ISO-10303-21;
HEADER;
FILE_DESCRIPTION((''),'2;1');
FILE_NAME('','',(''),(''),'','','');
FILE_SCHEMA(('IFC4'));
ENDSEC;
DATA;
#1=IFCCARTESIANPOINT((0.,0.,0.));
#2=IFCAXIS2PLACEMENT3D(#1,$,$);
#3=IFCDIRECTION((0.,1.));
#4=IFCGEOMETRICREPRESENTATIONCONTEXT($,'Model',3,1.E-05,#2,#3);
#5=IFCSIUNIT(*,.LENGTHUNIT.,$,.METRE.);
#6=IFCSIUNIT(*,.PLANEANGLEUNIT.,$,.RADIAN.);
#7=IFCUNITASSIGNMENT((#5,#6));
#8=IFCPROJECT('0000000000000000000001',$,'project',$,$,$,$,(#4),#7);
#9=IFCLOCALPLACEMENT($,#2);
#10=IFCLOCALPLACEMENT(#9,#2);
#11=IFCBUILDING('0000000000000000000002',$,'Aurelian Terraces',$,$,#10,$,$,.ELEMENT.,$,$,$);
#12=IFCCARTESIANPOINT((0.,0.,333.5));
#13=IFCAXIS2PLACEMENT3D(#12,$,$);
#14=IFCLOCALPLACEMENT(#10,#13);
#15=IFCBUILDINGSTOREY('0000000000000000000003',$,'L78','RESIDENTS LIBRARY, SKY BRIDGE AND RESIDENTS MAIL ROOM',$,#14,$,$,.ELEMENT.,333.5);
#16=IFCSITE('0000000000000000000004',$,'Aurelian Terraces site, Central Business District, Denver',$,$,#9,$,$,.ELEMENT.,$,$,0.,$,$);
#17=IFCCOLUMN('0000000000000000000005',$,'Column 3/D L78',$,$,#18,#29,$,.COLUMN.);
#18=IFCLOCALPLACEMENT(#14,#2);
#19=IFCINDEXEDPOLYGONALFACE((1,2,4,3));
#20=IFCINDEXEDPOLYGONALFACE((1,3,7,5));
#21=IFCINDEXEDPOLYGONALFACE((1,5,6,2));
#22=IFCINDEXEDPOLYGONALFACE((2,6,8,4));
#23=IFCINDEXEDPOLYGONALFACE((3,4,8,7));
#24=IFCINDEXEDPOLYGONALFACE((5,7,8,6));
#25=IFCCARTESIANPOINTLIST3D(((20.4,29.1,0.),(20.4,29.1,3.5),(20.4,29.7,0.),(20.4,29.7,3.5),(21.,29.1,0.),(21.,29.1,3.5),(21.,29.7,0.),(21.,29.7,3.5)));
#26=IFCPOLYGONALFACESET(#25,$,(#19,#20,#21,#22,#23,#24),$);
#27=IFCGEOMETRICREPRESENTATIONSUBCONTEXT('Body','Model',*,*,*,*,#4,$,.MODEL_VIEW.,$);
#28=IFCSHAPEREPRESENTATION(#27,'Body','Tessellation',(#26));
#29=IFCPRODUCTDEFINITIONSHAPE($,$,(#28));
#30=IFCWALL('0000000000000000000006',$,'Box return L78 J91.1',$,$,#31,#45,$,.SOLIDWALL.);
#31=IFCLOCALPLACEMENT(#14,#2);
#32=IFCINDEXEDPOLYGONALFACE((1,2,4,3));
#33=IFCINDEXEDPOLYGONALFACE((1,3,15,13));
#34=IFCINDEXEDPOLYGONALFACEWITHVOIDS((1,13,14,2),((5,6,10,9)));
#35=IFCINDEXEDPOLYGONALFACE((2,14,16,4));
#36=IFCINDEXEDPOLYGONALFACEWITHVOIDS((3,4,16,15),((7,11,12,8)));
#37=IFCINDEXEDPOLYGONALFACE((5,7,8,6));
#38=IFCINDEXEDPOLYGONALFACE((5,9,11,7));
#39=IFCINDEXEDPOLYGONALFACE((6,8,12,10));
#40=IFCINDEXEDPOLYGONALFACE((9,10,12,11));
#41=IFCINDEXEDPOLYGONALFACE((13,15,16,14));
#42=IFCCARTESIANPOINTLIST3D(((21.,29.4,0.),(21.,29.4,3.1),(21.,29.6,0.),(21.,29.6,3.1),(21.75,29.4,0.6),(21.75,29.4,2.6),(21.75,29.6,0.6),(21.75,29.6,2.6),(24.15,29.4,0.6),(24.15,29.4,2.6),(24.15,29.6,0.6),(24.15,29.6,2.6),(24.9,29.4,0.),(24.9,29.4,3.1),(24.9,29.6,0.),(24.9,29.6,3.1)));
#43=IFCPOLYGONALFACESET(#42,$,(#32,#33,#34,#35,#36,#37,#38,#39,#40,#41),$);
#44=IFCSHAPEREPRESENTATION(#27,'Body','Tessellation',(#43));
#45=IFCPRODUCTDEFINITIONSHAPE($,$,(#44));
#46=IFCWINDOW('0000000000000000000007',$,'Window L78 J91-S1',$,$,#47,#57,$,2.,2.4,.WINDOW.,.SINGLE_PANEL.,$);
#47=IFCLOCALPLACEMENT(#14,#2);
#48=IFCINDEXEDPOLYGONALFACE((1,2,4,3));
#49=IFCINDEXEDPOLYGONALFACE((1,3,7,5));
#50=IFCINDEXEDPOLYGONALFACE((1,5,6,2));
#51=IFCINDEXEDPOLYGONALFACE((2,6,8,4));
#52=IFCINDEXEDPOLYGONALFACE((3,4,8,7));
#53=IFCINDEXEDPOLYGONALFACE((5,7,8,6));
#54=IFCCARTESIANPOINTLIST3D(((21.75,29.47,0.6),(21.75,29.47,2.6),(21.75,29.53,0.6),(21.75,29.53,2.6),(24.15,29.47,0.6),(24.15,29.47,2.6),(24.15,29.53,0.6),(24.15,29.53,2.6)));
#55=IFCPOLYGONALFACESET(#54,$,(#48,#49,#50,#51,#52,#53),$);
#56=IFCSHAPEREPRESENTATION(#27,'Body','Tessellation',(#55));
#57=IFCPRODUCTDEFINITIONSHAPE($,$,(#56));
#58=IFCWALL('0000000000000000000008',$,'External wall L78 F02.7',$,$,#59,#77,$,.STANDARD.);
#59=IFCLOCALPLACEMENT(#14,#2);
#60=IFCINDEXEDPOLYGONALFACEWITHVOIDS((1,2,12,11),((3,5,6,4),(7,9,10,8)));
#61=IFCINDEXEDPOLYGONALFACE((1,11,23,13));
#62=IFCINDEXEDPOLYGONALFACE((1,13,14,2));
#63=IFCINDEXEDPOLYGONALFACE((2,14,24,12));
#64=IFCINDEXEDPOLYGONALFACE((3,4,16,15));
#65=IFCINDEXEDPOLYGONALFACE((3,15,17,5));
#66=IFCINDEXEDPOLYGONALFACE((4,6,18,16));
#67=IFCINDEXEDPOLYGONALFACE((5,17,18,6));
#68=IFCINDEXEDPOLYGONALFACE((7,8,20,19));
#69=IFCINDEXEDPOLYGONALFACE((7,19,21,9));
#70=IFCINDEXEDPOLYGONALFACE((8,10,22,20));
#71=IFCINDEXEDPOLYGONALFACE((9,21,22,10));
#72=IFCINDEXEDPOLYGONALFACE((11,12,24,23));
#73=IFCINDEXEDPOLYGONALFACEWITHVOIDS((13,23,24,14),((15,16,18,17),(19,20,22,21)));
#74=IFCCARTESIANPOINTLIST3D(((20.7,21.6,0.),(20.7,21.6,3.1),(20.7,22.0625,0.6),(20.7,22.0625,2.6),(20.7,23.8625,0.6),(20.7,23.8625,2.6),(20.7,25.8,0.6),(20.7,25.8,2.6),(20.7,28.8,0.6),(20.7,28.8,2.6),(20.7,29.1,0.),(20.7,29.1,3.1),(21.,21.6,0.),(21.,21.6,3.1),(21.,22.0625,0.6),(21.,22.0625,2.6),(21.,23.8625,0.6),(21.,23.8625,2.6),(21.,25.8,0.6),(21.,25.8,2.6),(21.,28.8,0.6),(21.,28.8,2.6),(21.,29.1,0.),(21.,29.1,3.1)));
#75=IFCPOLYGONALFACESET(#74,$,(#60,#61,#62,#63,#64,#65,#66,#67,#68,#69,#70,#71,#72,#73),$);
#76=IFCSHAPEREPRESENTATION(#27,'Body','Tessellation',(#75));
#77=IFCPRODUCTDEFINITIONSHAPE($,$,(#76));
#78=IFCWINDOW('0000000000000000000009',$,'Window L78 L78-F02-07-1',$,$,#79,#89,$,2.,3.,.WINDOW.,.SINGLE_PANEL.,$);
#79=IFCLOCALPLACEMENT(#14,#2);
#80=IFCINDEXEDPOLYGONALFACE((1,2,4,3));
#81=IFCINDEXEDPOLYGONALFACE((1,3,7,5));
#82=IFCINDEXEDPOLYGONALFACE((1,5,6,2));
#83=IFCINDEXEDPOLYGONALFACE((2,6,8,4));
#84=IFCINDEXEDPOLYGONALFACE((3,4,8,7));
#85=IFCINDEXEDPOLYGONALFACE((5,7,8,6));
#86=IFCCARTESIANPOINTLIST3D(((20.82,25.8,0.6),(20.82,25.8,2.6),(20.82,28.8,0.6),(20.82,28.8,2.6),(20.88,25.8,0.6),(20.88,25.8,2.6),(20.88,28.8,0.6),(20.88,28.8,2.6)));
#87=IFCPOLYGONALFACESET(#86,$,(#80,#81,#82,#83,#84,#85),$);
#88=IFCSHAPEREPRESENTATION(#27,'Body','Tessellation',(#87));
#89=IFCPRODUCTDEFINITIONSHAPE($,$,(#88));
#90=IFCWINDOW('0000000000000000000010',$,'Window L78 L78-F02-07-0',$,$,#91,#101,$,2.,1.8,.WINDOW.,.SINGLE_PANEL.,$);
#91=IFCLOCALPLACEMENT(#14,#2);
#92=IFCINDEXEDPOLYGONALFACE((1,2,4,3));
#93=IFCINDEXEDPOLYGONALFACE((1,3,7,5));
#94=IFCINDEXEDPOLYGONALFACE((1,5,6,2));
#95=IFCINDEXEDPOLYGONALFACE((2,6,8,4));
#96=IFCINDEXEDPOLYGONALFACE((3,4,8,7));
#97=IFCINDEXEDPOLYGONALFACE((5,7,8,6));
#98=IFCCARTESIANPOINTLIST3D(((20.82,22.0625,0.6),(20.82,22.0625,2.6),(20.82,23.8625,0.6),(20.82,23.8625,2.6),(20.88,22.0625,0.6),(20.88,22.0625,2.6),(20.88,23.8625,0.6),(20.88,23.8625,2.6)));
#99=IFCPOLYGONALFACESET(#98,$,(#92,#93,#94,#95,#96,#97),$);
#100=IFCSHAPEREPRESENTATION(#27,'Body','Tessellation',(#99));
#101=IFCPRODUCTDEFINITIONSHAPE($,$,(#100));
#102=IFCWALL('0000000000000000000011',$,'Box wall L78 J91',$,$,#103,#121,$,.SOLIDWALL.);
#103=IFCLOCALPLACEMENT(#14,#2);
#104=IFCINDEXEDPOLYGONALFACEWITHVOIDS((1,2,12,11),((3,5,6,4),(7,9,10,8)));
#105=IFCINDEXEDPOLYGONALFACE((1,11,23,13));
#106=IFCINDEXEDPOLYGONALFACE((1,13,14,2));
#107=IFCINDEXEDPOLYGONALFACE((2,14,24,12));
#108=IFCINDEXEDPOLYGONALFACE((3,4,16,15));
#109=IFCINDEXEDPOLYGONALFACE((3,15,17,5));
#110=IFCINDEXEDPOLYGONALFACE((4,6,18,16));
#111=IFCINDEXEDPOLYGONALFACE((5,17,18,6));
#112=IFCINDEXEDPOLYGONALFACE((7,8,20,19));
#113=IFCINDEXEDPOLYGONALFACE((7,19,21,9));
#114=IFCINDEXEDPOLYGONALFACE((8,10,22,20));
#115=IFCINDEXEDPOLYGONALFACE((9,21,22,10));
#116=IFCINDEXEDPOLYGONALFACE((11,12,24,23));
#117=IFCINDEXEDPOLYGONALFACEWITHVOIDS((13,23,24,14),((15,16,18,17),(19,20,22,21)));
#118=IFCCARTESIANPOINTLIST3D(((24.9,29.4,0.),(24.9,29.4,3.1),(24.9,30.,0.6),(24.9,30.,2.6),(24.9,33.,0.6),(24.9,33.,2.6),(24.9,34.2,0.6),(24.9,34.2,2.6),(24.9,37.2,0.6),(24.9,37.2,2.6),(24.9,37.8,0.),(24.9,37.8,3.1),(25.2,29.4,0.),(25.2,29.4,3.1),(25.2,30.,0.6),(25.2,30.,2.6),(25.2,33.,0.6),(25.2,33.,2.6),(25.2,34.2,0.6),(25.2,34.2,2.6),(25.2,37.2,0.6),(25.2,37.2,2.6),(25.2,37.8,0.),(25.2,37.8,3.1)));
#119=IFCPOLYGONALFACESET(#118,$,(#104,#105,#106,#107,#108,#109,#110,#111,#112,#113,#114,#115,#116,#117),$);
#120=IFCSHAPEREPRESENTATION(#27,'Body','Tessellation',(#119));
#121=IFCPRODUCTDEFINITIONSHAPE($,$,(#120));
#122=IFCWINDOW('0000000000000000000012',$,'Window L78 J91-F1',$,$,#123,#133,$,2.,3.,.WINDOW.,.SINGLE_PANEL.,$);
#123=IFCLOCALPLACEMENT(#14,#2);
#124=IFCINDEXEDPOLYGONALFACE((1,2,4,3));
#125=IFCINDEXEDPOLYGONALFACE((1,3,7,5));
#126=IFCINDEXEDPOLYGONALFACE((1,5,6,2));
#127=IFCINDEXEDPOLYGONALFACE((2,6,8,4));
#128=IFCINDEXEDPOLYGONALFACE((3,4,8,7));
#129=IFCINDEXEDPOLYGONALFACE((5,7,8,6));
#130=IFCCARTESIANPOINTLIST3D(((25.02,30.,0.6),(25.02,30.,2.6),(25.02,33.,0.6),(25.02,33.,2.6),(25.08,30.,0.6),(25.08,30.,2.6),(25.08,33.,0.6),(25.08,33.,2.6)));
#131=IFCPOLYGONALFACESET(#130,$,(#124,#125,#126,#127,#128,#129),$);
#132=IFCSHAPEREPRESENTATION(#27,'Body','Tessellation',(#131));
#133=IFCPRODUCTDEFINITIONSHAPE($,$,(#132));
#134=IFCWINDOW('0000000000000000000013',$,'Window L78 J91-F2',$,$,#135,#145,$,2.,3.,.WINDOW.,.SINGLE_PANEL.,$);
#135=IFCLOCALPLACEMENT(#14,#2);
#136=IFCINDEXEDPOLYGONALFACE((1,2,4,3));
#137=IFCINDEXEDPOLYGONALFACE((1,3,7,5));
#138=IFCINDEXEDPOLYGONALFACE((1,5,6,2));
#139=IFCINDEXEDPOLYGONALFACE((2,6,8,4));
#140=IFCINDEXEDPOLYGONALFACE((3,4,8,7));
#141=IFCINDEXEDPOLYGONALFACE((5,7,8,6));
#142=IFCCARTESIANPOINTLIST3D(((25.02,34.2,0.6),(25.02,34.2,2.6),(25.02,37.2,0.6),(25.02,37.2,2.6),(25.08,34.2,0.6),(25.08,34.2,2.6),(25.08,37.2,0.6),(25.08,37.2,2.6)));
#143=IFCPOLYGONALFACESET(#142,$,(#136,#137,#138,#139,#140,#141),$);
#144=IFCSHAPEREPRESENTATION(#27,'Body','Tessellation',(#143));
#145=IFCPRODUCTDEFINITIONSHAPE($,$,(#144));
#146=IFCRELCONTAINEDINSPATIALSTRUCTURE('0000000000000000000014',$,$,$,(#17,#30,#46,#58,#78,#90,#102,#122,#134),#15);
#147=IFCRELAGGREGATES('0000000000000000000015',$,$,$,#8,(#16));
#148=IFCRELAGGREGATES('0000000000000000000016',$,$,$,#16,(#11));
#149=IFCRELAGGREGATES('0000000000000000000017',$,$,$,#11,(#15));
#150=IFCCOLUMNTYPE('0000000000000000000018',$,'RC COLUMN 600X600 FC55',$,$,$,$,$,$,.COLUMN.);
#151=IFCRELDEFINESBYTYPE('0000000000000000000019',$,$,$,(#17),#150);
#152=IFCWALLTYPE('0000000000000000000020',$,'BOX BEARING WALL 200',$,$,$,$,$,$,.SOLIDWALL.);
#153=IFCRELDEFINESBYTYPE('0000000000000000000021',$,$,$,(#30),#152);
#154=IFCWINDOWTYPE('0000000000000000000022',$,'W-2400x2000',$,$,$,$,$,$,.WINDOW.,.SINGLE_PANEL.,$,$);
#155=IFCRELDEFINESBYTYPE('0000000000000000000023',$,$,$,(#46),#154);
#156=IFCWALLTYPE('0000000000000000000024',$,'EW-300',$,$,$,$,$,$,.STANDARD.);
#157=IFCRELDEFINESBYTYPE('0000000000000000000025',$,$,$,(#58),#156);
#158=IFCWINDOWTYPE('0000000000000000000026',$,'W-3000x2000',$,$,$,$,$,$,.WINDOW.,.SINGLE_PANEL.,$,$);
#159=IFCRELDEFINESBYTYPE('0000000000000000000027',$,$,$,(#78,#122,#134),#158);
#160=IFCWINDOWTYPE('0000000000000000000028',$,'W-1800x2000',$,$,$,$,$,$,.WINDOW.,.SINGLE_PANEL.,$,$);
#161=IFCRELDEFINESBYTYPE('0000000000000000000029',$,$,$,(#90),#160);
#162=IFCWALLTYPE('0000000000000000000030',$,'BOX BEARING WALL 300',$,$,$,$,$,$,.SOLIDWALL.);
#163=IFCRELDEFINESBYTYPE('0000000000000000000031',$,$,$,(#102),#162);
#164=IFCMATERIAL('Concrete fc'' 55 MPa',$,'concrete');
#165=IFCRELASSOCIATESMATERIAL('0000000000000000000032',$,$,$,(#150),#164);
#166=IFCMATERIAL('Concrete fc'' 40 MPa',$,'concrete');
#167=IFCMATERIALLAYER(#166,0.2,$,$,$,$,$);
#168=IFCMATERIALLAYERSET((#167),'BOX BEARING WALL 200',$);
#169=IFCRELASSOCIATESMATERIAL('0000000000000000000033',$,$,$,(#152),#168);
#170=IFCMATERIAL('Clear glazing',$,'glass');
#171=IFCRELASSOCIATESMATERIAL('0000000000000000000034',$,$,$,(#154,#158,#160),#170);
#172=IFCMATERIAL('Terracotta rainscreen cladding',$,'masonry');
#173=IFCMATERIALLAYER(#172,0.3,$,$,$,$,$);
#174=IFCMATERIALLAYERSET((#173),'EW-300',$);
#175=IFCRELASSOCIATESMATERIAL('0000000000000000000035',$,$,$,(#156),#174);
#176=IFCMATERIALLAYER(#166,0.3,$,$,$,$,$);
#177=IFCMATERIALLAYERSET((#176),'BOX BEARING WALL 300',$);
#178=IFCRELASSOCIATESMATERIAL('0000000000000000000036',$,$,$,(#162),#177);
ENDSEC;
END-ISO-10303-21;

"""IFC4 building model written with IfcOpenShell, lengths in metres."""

from ifc_helpers import new_model, si_unit, direction, frame, frame_2d, origin, origin_2d, place, context, subcontext, project, spatial, rectangle, extrude, source, transform, mapped, material, layer, layer_set, material_profile, profile_set, type_object, element, fill, save


model = new_model("IFC4")

# Units and contexts
model_context = context("Model", 3, precision=1e-05, world=origin(), true_north=direction((0.0, 1.0)))
body_context = subcontext(model_context, "Body", "Model", "MODEL_VIEW")
ifc_project = project(units=[si_unit("LENGTHUNIT", "METRE"), si_unit("PLANEANGLEUNIT", "RADIAN")], contexts=[model_context])

# Site, building, storey
site_placement = place(None, origin())
site = spatial("IfcSite", under=ifc_project, at=site_placement, Name="Aurelian Terraces site, Central Business District, Denver", CompositionType="ELEMENT", RefElevation=0.0)
building_placement = place(site_placement, origin())
building = spatial("IfcBuilding", under=site, at=building_placement, Name="Aurelian Terraces", CompositionType="ELEMENT")
storey_placement = place(building_placement, frame((0.0, 0.0, 333.5)))
storey = spatial("IfcBuildingStorey", under=building, at=storey_placement, Name="L78", Description="RESIDENTS LIBRARY, SKY BRIDGE AND RESIDENTS MAIL ROOM", CompositionType="ELEMENT", Elevation=333.5)

# Column
ifc_material_1 = material(Name="Concrete fc' 55 MPa", Category="concrete")
ifc_material_profile = material_profile(ifc_material_1, rectangle(XDim=0.6, YDim=0.6, at=origin_2d()))
ifc_profile_set = profile_set([ifc_material_profile], Name="Concrete fc' 55 MPa")
column_type = type_object("IfcColumnType", Name="RC COLUMN 600X600 FC55", PredefinedType="COLUMN", material=ifc_profile_set)
shared_shape_1 = source(origin(), body_context, "Body", "SweptSolid", [
    extrude(rectangle(XDim=0.6, YDim=0.6, at=origin_2d()), origin(), (0.0, 0.0, 1.0), 3.5),
])
column_placement = place(storey_placement, frame((20.7, 29.4, 0.0), z_axis=(0.0, 0.0, 1.0), x_axis=(1.0, 0.0, 0.0)))
element("IfcColumn", 1, at=column_placement, inside=storey, type_object=column_type, Name="Column 3/D L78", PredefinedType="COLUMN", context=body_context, shape_type="MappedRepresentation", body=[
    mapped(shared_shape_1, transform((0.0, 0.0, 0.0), scale=1.0)),
])

# Wall, opening, window
ifc_material_2 = material(Name="Concrete fc' 40 MPa", Category="concrete")
ifc_layer_1 = layer(ifc_material_2, 0.2)
ifc_layer_set_1 = layer_set([ifc_layer_1], Name="BOX BEARING WALL 200")
wall_type_1 = type_object("IfcWallType", Name="BOX BEARING WALL 200", PredefinedType="SOLIDWALL", material=ifc_layer_set_1)
shared_shape_2 = source(origin(), body_context, "Body", "SweptSolid", [
    extrude(rectangle(XDim=3.9, YDim=0.2, at=frame_2d((1.95, 0.0))), origin(), (0.0, 0.0, 1.0), 3.1),
])
wall_1_placement = place(storey_placement, frame((21.0, 29.5, 0.0), z_axis=(0.0, 0.0, 1.0), x_axis=(1.0, 0.0, 0.0)))
wall_1 = element("IfcWall", 2, at=wall_1_placement, inside=storey, type_object=wall_type_1, Name="Box return L78 J91.1", PredefinedType="SOLIDWALL", context=body_context, shape_type="MappedRepresentation", body=[
    mapped(shared_shape_2, transform((0.0, 0.0, 0.0), scale=1.0)),
])
shared_shape_3 = source(origin(), body_context, "Body", "SweptSolid", [
    extrude(rectangle(XDim=2.4, YDim=2.0, at=frame_2d((1.2, 1.0))), frame((0.0, 0.11, 0.0), z_axis=(0.0, -1.0, 0.0), x_axis=(1.0, 0.0, 0.0)), (0.0, 0.0, 1.0), 0.22),
])
opening_1_placement = place(wall_1_placement, frame((0.75, 0.0, 0.6)))
opening_1 = element("IfcOpeningElement", 3, at=opening_1_placement, cuts=wall_1, PredefinedType="OPENING", context=body_context, shape_type="MappedRepresentation", body=[
    mapped(shared_shape_3, transform((0.0, 0.0, 0.0), scale=1.0)),
])
ifc_material_3 = material(Name="Clear glazing", Category="glass")
window_type_1 = type_object("IfcWindowType", Name="W-2400x2000", PartitioningType="SINGLE_PANEL", PredefinedType="WINDOW", material=ifc_material_3)
shared_shape_4 = source(origin(), body_context, "Body", "SweptSolid", [
    extrude(rectangle(XDim=2.4, YDim=2.0, at=frame_2d((1.2, 1.0))), frame((0.0, 0.03, 0.0), z_axis=(0.0, -1.0, 0.0), x_axis=(1.0, 0.0, 0.0)), (0.0, 0.0, 1.0), 0.06),
])
window_1_placement = place(opening_1_placement, origin())
window_1 = element("IfcWindow", 4, at=window_1_placement, inside=storey, type_object=window_type_1, Name="Window L78 J91-S1", OverallHeight=2.0, OverallWidth=2.4, PartitioningType="SINGLE_PANEL", PredefinedType="WINDOW", context=body_context, shape_type="MappedRepresentation", body=[
    mapped(shared_shape_4, transform((0.0, 0.0, 0.0), scale=1.0)),
])
fill(opening_1, window_1)

# Walls, openings, windows
ifc_material_4 = material(Name="Terracotta rainscreen cladding", Category="masonry")
ifc_layer_2 = layer(ifc_material_4, 0.3)
ifc_layer_set_2 = layer_set([ifc_layer_2], Name="EW-300")
wall_type_2 = type_object("IfcWallType", Name="EW-300", PredefinedType="STANDARD", material=ifc_layer_set_2)
shared_shape_5 = source(origin(), body_context, "Body", "SweptSolid", [
    extrude(rectangle(XDim=7.5, YDim=0.3, at=frame_2d((3.75, 0.0))), origin(), (0.0, 0.0, 1.0), 3.1),
])
wall_2_placement = place(storey_placement, frame((20.85, 21.6, 0.0), z_axis=(0.0, 0.0, 1.0), x_axis=(0.0, 1.0, 0.0)))
wall_2 = element("IfcWall", 5, at=wall_2_placement, inside=storey, type_object=wall_type_2, Name="External wall L78 F02.7", PredefinedType="STANDARD", context=body_context, shape_type="MappedRepresentation", body=[
    mapped(shared_shape_5, transform((0.0, 0.0, 0.0), scale=1.0)),
])
shared_shape_6 = source(origin(), body_context, "Body", "SweptSolid", [
    extrude(rectangle(XDim=1.8, YDim=2.0, at=frame_2d((0.9, 1.0))), frame((0.0, 0.16, 0.0), z_axis=(0.0, -1.0, 0.0), x_axis=(1.0, 0.0, 0.0)), (0.0, 0.0, 1.0), 0.32),
])
opening_2_placement = place(wall_2_placement, frame((0.4625, 0.0, 0.6)))
opening_2 = element("IfcOpeningElement", 6, at=opening_2_placement, cuts=wall_2, PredefinedType="OPENING", context=body_context, shape_type="MappedRepresentation", body=[
    mapped(shared_shape_6, transform((0.0, 0.0, 0.0), scale=1.0)),
])
shared_shape_7 = source(origin(), body_context, "Body", "SweptSolid", [
    extrude(rectangle(XDim=3.0, YDim=2.0, at=frame_2d((1.5, 1.0))), frame((0.0, 0.16, 0.0), z_axis=(0.0, -1.0, 0.0), x_axis=(1.0, 0.0, 0.0)), (0.0, 0.0, 1.0), 0.32),
])
opening_3_placement = place(wall_2_placement, frame((4.2, 0.0, 0.6)))
opening_3 = element("IfcOpeningElement", 7, at=opening_3_placement, cuts=wall_2, PredefinedType="OPENING", context=body_context, shape_type="MappedRepresentation", body=[
    mapped(shared_shape_7, transform((0.0, 0.0, 0.0), scale=1.0)),
])
window_type_2 = type_object("IfcWindowType", Name="W-3000x2000", PartitioningType="SINGLE_PANEL", PredefinedType="WINDOW", material=ifc_material_3)
shared_shape_8 = source(origin(), body_context, "Body", "SweptSolid", [
    extrude(rectangle(XDim=3.0, YDim=2.0, at=frame_2d((1.5, 1.0))), frame((0.0, 0.03, 0.0), z_axis=(0.0, -1.0, 0.0), x_axis=(1.0, 0.0, 0.0)), (0.0, 0.0, 1.0), 0.06),
])
window_2_placement = place(opening_3_placement, origin())
window_2 = element("IfcWindow", 8, at=window_2_placement, inside=storey, type_object=window_type_2, Name="Window L78 L78-F02-07-1", OverallHeight=2.0, OverallWidth=3.0, PartitioningType="SINGLE_PANEL", PredefinedType="WINDOW", context=body_context, shape_type="MappedRepresentation", body=[
    mapped(shared_shape_8, transform((0.0, 0.0, 0.0), scale=1.0)),
])
fill(opening_3, window_2)
window_type_3 = type_object("IfcWindowType", Name="W-1800x2000", PartitioningType="SINGLE_PANEL", PredefinedType="WINDOW", material=ifc_material_3)
shared_shape_9 = source(origin(), body_context, "Body", "SweptSolid", [
    extrude(rectangle(XDim=1.8, YDim=2.0, at=frame_2d((0.9, 1.0))), frame((0.0, 0.03, 0.0), z_axis=(0.0, -1.0, 0.0), x_axis=(1.0, 0.0, 0.0)), (0.0, 0.0, 1.0), 0.06),
])
window_3_placement = place(opening_2_placement, origin())
window_3 = element("IfcWindow", 9, at=window_3_placement, inside=storey, type_object=window_type_3, Name="Window L78 L78-F02-07-0", OverallHeight=2.0, OverallWidth=1.8, PartitioningType="SINGLE_PANEL", PredefinedType="WINDOW", context=body_context, shape_type="MappedRepresentation", body=[
    mapped(shared_shape_9, transform((0.0, 0.0, 0.0), scale=1.0)),
])
fill(opening_2, window_3)
ifc_layer_3 = layer(ifc_material_2, 0.3)
ifc_layer_set_3 = layer_set([ifc_layer_3], Name="BOX BEARING WALL 300")
wall_type_3 = type_object("IfcWallType", Name="BOX BEARING WALL 300", PredefinedType="SOLIDWALL", material=ifc_layer_set_3)
shared_shape_10 = source(origin(), body_context, "Body", "SweptSolid", [
    extrude(rectangle(XDim=8.4, YDim=0.3, at=frame_2d((4.2, 0.0))), origin(), (0.0, 0.0, 1.0), 3.1),
])
wall_3_placement = place(storey_placement, frame((25.05, 29.4, 0.0), z_axis=(0.0, 0.0, 1.0), x_axis=(0.0, 1.0, 0.0)))
wall_3 = element("IfcWall", 10, at=wall_3_placement, inside=storey, type_object=wall_type_3, Name="Box wall L78 J91", PredefinedType="SOLIDWALL", context=body_context, shape_type="MappedRepresentation", body=[
    mapped(shared_shape_10, transform((0.0, 0.0, 0.0), scale=1.0)),
])
opening_4_placement = place(wall_3_placement, frame((0.6, 0.0, 0.6)))
opening_4 = element("IfcOpeningElement", 11, at=opening_4_placement, cuts=wall_3, PredefinedType="OPENING", context=body_context, shape_type="MappedRepresentation", body=[
    mapped(shared_shape_7, transform((0.0, 0.0, 0.0), scale=1.0)),
])
opening_5_placement = place(wall_3_placement, frame((4.8, 0.0, 0.6)))
opening_5 = element("IfcOpeningElement", 12, at=opening_5_placement, cuts=wall_3, PredefinedType="OPENING", context=body_context, shape_type="MappedRepresentation", body=[
    mapped(shared_shape_7, transform((0.0, 0.0, 0.0), scale=1.0)),
])
window_4_placement = place(opening_4_placement, origin())
window_4 = element("IfcWindow", 13, at=window_4_placement, inside=storey, type_object=window_type_2, Name="Window L78 J91-F1", OverallHeight=2.0, OverallWidth=3.0, PartitioningType="SINGLE_PANEL", PredefinedType="WINDOW", context=body_context, shape_type="MappedRepresentation", body=[
    mapped(shared_shape_8, transform((0.0, 0.0, 0.0), scale=1.0)),
])
fill(opening_4, window_4)
window_5_placement = place(opening_5_placement, origin())
window_5 = element("IfcWindow", 14, at=window_5_placement, inside=storey, type_object=window_type_2, Name="Window L78 J91-F2", OverallHeight=2.0, OverallWidth=3.0, PartitioningType="SINGLE_PANEL", PredefinedType="WINDOW", context=body_context, shape_type="MappedRepresentation", body=[
    mapped(shared_shape_8, transform((0.0, 0.0, 0.0), scale=1.0)),
])
fill(opening_5, window_5)

save(model, "model.ifc")
